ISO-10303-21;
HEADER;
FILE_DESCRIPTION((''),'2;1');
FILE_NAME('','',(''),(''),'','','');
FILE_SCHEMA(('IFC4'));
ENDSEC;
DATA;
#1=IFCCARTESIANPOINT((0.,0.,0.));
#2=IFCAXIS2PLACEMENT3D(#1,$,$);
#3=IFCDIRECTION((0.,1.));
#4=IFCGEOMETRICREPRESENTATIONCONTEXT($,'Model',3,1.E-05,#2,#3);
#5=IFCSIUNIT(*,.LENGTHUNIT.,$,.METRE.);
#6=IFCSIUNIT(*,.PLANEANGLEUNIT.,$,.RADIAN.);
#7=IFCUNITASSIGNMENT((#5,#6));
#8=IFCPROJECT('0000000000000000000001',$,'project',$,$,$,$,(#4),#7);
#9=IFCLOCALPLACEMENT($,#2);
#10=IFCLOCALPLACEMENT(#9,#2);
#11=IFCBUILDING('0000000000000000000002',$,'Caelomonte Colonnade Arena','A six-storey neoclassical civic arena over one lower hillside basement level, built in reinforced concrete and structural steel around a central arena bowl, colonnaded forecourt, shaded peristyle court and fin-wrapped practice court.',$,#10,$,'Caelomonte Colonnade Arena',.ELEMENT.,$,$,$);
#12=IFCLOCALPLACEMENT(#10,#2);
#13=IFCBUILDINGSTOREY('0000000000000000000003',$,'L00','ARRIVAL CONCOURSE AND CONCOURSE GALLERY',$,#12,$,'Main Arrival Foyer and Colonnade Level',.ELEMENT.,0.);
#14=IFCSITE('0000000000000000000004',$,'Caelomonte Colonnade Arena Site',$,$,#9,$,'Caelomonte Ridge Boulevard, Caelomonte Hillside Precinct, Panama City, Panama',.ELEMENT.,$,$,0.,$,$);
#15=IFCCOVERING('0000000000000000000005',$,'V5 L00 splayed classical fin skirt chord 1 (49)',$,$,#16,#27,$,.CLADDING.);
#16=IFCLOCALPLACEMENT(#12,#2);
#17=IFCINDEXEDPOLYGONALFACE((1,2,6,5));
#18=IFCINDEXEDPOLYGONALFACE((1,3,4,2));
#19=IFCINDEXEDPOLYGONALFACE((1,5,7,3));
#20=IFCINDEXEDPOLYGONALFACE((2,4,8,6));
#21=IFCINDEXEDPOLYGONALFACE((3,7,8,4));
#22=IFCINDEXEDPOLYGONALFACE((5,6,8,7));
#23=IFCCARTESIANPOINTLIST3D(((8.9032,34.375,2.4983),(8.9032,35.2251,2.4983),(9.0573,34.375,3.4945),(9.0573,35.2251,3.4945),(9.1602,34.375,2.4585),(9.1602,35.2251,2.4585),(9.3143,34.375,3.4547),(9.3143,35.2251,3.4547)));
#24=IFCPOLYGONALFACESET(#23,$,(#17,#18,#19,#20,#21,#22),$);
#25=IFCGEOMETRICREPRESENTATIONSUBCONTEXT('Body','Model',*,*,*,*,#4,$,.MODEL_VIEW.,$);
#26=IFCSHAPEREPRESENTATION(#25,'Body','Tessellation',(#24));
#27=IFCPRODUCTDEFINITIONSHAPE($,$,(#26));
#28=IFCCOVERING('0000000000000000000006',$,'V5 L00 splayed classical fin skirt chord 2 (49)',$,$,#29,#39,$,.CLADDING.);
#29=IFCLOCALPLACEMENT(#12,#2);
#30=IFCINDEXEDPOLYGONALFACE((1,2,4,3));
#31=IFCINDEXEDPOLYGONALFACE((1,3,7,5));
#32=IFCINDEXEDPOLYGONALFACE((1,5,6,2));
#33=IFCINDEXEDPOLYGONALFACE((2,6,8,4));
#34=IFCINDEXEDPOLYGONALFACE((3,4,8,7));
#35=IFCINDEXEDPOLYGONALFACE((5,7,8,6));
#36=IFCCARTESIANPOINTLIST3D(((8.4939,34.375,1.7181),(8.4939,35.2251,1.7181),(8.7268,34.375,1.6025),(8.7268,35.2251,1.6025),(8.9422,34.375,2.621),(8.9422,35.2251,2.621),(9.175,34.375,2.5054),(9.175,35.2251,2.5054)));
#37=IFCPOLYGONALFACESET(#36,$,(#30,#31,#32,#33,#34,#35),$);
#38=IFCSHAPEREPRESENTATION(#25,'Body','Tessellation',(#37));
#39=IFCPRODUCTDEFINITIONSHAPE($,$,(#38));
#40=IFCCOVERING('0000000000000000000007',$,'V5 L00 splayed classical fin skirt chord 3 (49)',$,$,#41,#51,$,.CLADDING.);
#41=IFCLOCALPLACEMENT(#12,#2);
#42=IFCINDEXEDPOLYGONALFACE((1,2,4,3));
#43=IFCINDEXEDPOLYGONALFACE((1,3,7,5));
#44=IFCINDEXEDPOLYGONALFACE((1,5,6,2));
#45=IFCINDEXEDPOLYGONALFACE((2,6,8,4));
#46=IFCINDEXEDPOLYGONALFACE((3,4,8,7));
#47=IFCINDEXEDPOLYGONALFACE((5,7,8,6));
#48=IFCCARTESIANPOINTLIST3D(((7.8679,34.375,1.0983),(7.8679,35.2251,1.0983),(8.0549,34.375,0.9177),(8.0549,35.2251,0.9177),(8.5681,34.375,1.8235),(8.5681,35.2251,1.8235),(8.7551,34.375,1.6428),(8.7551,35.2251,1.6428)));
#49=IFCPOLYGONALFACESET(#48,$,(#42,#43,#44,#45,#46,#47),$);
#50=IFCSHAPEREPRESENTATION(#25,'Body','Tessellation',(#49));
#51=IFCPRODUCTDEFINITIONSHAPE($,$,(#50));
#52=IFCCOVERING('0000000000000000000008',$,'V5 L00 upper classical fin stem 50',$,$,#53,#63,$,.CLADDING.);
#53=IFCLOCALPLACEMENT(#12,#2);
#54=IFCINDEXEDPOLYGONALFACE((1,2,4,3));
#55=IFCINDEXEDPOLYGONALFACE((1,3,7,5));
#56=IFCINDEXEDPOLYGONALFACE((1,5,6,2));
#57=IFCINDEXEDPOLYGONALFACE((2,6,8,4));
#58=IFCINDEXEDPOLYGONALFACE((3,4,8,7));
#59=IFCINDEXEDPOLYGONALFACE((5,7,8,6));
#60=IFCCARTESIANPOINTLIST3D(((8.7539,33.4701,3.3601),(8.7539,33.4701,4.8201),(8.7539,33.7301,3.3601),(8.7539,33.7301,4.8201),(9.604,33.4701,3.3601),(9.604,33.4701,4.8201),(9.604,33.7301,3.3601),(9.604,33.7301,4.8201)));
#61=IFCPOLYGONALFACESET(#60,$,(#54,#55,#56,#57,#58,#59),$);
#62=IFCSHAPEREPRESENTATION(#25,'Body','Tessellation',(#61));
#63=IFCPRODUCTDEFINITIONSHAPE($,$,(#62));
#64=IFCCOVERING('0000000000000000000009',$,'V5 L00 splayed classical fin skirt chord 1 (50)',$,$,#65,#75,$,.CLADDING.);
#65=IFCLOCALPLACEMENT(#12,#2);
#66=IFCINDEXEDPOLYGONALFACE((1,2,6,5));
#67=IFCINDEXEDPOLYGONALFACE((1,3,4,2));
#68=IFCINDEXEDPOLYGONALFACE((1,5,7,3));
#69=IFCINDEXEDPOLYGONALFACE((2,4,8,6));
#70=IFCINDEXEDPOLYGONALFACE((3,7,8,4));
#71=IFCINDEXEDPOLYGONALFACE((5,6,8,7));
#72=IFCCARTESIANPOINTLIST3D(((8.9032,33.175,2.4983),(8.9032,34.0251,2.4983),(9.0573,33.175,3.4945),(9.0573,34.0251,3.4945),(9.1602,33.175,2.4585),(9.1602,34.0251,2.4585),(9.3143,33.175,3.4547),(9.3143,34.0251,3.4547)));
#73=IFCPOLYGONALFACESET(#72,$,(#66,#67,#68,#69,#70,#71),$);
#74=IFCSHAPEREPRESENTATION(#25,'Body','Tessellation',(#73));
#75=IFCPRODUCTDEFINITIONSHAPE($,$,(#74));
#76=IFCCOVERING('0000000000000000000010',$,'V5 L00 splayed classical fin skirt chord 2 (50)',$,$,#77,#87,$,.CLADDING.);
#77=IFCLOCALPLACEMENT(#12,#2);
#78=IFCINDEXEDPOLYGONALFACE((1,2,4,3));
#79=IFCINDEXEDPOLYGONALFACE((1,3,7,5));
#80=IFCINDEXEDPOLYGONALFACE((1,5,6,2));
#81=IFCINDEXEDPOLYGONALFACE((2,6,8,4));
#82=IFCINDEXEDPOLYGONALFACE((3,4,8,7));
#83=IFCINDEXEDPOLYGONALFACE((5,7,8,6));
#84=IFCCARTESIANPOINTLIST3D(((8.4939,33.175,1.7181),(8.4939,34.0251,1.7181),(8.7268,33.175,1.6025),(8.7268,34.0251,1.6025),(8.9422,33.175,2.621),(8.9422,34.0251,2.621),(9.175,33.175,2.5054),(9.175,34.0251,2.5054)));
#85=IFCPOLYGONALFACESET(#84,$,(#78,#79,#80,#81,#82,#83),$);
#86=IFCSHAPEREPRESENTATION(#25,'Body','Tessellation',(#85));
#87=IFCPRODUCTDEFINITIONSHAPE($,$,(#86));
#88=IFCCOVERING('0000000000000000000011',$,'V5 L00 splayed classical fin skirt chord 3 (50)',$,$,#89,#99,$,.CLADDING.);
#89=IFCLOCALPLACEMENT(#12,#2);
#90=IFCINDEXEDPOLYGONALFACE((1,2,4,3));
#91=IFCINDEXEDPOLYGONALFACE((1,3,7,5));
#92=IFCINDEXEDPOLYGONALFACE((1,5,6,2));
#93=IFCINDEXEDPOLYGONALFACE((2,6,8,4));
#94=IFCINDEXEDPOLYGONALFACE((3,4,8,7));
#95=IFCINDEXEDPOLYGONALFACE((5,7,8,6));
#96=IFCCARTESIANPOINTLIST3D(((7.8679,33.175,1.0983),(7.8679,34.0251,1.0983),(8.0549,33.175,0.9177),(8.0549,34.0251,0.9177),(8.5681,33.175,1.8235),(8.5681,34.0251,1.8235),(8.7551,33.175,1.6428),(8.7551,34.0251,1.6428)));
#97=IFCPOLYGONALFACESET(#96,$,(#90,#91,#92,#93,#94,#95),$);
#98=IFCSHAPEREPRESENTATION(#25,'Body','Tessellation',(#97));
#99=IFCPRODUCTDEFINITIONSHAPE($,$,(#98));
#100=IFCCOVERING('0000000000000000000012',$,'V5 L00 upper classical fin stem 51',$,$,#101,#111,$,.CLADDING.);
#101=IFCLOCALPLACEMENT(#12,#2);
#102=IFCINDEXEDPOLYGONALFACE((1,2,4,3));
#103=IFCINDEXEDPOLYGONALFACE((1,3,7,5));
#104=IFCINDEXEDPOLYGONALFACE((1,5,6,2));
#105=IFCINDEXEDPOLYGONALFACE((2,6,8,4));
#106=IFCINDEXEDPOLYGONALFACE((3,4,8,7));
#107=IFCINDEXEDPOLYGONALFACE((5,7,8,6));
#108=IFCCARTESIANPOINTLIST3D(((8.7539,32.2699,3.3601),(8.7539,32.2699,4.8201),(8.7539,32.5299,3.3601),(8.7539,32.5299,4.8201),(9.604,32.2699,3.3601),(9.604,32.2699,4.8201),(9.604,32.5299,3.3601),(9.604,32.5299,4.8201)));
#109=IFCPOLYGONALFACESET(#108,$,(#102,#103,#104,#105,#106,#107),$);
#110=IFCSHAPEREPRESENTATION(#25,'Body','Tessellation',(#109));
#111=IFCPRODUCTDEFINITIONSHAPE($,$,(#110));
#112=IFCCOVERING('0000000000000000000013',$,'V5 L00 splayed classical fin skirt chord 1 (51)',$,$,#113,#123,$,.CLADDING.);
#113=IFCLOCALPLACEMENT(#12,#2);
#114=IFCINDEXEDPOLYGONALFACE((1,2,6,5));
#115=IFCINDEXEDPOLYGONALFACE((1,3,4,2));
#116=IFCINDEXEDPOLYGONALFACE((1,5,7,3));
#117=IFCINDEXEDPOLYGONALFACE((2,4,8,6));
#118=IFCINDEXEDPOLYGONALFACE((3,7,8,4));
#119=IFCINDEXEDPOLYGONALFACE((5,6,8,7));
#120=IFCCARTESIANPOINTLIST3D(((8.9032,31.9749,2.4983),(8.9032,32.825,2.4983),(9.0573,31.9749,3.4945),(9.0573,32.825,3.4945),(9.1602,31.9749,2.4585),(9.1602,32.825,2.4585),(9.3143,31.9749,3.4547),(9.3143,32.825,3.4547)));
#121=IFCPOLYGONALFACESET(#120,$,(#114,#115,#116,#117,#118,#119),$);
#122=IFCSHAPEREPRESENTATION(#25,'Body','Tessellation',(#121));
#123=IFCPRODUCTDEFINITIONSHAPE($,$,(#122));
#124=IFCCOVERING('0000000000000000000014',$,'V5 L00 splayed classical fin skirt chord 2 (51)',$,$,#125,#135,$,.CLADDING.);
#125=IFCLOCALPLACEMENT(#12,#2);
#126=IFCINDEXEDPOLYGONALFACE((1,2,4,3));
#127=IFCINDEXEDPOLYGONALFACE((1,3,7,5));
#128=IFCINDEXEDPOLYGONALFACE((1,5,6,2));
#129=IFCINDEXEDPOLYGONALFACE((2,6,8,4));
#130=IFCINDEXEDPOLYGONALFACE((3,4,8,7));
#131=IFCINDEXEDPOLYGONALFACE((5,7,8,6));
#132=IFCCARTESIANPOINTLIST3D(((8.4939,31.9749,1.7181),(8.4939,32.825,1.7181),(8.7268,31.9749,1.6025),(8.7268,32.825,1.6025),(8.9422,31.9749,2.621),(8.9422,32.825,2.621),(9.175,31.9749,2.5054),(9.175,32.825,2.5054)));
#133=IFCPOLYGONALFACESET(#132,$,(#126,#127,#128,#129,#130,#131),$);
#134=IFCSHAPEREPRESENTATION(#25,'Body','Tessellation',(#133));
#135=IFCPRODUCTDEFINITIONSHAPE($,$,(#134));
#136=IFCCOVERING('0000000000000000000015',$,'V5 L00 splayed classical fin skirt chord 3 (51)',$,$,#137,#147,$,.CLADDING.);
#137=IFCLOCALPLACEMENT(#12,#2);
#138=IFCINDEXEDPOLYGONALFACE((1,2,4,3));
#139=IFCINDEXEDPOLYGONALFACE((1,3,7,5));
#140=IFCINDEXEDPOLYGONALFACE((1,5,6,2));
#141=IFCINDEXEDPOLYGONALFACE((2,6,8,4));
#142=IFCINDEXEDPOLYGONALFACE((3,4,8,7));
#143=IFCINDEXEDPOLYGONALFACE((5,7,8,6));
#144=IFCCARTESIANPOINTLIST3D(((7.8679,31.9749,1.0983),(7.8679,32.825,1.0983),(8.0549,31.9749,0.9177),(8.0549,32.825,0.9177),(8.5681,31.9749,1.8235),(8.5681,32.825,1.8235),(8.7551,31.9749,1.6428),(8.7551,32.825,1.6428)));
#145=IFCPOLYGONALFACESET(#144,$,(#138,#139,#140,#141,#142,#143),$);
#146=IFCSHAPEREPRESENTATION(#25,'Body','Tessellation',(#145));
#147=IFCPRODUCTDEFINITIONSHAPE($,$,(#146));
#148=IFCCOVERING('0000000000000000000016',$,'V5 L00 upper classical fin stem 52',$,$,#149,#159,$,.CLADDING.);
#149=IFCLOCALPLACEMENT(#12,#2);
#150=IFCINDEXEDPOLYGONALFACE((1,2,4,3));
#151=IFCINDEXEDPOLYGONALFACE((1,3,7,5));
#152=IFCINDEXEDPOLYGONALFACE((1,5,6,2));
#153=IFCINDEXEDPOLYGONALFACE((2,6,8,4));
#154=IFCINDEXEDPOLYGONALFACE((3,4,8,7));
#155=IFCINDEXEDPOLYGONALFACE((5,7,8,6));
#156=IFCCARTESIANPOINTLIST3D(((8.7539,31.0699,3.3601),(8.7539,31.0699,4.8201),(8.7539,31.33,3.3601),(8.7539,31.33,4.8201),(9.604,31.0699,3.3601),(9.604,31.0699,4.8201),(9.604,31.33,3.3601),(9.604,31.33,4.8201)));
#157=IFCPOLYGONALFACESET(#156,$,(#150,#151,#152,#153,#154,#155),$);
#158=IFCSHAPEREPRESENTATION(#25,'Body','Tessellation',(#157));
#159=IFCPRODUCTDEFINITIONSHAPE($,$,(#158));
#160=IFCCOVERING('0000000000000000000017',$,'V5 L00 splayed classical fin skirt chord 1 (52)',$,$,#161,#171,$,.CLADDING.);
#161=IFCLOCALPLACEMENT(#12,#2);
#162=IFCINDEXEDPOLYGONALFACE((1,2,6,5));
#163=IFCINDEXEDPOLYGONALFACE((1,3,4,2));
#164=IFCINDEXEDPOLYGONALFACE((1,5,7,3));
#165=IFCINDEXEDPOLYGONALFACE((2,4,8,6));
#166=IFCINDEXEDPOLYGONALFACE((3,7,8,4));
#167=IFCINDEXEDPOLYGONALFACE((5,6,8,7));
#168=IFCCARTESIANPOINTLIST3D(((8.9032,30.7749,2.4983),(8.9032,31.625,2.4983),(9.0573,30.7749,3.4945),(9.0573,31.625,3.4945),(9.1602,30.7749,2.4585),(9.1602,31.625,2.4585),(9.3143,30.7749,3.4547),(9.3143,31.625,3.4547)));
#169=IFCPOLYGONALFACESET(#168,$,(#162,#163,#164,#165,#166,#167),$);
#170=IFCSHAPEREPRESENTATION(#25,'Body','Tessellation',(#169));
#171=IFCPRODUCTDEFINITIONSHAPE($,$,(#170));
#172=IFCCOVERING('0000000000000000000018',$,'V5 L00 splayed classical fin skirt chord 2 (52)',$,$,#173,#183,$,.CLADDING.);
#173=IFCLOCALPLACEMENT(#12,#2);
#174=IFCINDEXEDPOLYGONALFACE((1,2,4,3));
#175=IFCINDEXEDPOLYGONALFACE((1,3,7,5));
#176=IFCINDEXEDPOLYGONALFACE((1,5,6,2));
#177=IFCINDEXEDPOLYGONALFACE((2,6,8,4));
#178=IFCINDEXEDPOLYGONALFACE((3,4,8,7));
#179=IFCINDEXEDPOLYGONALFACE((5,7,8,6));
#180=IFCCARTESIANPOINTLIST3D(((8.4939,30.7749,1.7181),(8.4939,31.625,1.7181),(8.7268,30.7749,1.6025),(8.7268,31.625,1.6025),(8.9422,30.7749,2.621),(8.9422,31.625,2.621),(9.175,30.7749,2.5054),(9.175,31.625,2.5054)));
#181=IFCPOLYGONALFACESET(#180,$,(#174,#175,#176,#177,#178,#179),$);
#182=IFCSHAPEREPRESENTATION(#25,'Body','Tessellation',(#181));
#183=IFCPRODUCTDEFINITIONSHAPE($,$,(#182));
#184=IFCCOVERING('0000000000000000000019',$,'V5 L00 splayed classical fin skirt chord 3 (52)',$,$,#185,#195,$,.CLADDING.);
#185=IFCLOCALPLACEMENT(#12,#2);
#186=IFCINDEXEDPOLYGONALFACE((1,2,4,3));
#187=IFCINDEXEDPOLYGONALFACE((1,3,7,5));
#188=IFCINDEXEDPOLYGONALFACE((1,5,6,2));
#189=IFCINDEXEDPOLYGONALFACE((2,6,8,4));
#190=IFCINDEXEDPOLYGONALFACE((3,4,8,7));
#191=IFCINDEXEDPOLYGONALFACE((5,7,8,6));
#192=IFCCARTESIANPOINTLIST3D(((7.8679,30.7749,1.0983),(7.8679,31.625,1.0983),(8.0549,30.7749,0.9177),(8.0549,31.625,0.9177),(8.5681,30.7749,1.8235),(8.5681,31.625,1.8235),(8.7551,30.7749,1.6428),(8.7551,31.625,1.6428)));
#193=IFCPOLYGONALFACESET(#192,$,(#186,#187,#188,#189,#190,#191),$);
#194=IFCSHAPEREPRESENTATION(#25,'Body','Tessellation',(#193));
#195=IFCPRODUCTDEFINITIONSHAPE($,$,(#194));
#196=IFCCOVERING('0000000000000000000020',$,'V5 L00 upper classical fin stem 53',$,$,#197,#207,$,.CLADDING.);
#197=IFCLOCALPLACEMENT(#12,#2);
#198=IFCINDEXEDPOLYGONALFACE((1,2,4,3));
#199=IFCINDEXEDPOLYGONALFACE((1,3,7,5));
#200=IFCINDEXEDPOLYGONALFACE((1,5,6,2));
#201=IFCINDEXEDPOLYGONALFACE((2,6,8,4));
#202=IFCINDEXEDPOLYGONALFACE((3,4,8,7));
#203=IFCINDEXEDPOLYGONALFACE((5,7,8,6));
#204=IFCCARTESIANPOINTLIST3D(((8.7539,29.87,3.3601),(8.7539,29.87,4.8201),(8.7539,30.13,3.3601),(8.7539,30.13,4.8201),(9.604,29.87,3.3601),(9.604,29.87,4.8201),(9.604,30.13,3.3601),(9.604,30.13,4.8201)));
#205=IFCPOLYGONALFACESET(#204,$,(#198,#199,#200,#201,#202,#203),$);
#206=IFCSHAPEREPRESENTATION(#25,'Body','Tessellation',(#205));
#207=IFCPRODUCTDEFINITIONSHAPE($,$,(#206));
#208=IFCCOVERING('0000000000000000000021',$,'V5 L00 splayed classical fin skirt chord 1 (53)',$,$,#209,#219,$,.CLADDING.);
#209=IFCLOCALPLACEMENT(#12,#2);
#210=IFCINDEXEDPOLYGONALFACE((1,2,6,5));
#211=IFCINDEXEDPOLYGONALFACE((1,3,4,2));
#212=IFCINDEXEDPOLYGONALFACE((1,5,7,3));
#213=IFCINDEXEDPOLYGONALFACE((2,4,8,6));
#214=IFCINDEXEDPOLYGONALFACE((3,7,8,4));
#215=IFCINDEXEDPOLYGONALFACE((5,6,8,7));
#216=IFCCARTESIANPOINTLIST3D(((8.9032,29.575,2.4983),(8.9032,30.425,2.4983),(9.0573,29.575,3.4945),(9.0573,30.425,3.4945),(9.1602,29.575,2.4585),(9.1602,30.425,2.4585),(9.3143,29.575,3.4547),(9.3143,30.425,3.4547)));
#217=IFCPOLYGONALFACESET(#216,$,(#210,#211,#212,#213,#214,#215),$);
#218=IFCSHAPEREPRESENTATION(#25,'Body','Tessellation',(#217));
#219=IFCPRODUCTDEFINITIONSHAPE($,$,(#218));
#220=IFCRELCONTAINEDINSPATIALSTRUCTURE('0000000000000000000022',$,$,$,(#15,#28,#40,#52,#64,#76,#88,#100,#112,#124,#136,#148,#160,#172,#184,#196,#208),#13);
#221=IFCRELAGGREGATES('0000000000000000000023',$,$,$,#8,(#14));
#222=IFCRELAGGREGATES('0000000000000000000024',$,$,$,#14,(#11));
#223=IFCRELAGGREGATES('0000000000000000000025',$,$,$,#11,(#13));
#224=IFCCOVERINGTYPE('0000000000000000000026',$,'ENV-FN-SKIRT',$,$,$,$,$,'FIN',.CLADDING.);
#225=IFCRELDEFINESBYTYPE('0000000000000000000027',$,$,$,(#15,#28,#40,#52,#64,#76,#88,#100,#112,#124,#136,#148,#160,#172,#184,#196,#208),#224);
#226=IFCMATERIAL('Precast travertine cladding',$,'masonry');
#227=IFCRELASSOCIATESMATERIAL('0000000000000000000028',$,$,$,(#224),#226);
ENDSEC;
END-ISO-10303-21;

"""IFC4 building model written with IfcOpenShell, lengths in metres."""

from ifc_helpers import new_model, si_unit, direction, frame, origin, origin_2d, place, context, subcontext, project, spatial, rectangle, extrude, material, material_profile, profile_set, type_object, element, save


model = new_model("IFC4")

# Units and contexts
model_context = context("Model", 3, precision=1e-05, world=origin(), true_north=direction((0.0, 1.0)))
body_context = subcontext(model_context, "Body", "Model", "MODEL_VIEW")
ifc_project = project(units=[si_unit("LENGTHUNIT", "METRE"), si_unit("PLANEANGLEUNIT", "RADIAN")], contexts=[model_context])

# Site, building, storey
site_placement = place(None, origin())
site = spatial("IfcSite", under=ifc_project, at=site_placement, Name="Caelomonte Colonnade Arena Site", LongName="Caelomonte Ridge Boulevard, Caelomonte Hillside Precinct, Panama City, Panama", CompositionType="ELEMENT", RefElevation=0.0)
building_placement = place(site_placement, origin())
building = spatial("IfcBuilding", under=site, at=building_placement, Name="Caelomonte Colonnade Arena", Description="A six-storey neoclassical civic arena over one lower hillside basement level, built in reinforced concrete and structural steel around a central arena bowl, colonnaded forecourt, shaded peristyle court and fin-wrapped practice court.", LongName="Caelomonte Colonnade Arena", CompositionType="ELEMENT")
storey_placement = place(building_placement, origin())
storey = spatial("IfcBuildingStorey", under=building, at=storey_placement, Name="L00", Description="ARRIVAL CONCOURSE AND CONCOURSE GALLERY", LongName="Main Arrival Foyer and Colonnade Level", CompositionType="ELEMENT", Elevation=0.0)

# Coverings
ifc_material_1 = material(Name="Precast travertine cladding", Category="masonry")
ifc_material_profile_1 = material_profile(ifc_material_1, rectangle(XDim=0.26, YDim=0.8501, at=origin_2d()), Name="FIN260X850")
ifc_profile_set_1 = profile_set([ifc_material_profile_1], Name="Precast travertine cladding")
covering_type = type_object("IfcCoveringType", Name="ENV-FN-SKIRT", ElementType="FIN", PredefinedType="CLADDING", material=ifc_profile_set_1)
for number, where, z_axis, x_axis, name in (
    (1, (9.1858, 34.8, 3.4746), (-0.15284, 0.0, -0.988251), (-0.988251, 0.0, 0.15284), "V5 L00 splayed classical fin skirt chord 1 (49)"),
    (2, (9.0586, 34.8, 2.5632), (-0.444693, 0.0, -0.895683), (-0.895683, 0.0, 0.444693), "V5 L00 splayed classical fin skirt chord 2 (49)"),
    (3, (8.6616, 34.8, 1.7332), (-0.694646, 0.0, -0.719351), (-0.719351, 0.0, 0.694646), "V5 L00 splayed classical fin skirt chord 3 (49)"),
):
    element("IfcCovering", number, at=place(storey_placement, frame(where, z_axis=z_axis, x_axis=x_axis)), inside=storey, type_object=covering_type, Name=name, PredefinedType="CLADDING", context=body_context, shape_type="SweptSolid", body=[
        extrude(rectangle(XDim=0.26, YDim=0.8501, at=origin_2d()), origin(), (0.0, 0.0, 1.0), 1.0081),
    ])
covering_1_placement = place(storey_placement, frame((9.179, 33.6001, 3.3601), z_axis=(0.0, 0.0, 1.0), x_axis=(0.0, 1.0, 0.0)))
element("IfcCovering", 4, at=covering_1_placement, inside=storey, type_object=covering_type, Name="V5 L00 upper classical fin stem 50", PredefinedType="CLADDING", context=body_context, shape_type="SweptSolid", body=[
    extrude(rectangle(XDim=0.26, YDim=0.8501, at=origin_2d()), origin(), (0.0, 0.0, 1.0), 1.46),
])
for number, where, z_axis, x_axis, name in (
    (5, (9.1858, 33.6001, 3.4746), (-0.15284, 0.0, -0.988251), (-0.988251, 0.0, 0.15284), "V5 L00 splayed classical fin skirt chord 1 (50)"),
    (6, (9.0586, 33.6001, 2.5632), (-0.444693, 0.0, -0.895683), (-0.895683, 0.0, 0.444693), "V5 L00 splayed classical fin skirt chord 2 (50)"),
    (7, (8.6616, 33.6001, 1.7332), (-0.694646, 0.0, -0.719351), (-0.719351, 0.0, 0.694646), "V5 L00 splayed classical fin skirt chord 3 (50)"),
):
    element("IfcCovering", number, at=place(storey_placement, frame(where, z_axis=z_axis, x_axis=x_axis)), inside=storey, type_object=covering_type, Name=name, PredefinedType="CLADDING", context=body_context, shape_type="SweptSolid", body=[
        extrude(rectangle(XDim=0.26, YDim=0.8501, at=origin_2d()), origin(), (0.0, 0.0, 1.0), 1.0081),
    ])
covering_2_placement = place(storey_placement, frame((9.179, 32.3999, 3.3601), z_axis=(0.0, 0.0, 1.0), x_axis=(0.0, 1.0, 0.0)))
element("IfcCovering", 8, at=covering_2_placement, inside=storey, type_object=covering_type, Name="V5 L00 upper classical fin stem 51", PredefinedType="CLADDING", context=body_context, shape_type="SweptSolid", body=[
    extrude(rectangle(XDim=0.26, YDim=0.8501, at=origin_2d()), origin(), (0.0, 0.0, 1.0), 1.46),
])
for number, where, z_axis, x_axis, name in (
    (9, (9.1858, 32.3999, 3.4746), (-0.15284, 0.0, -0.988251), (-0.988251, 0.0, 0.15284), "V5 L00 splayed classical fin skirt chord 1 (51)"),
    (10, (9.0586, 32.3999, 2.5632), (-0.444693, 0.0, -0.895683), (-0.895683, 0.0, 0.444693), "V5 L00 splayed classical fin skirt chord 2 (51)"),
    (11, (8.6616, 32.3999, 1.7332), (-0.694646, 0.0, -0.719351), (-0.719351, 0.0, 0.694646), "V5 L00 splayed classical fin skirt chord 3 (51)"),
):
    element("IfcCovering", number, at=place(storey_placement, frame(where, z_axis=z_axis, x_axis=x_axis)), inside=storey, type_object=covering_type, Name=name, PredefinedType="CLADDING", context=body_context, shape_type="SweptSolid", body=[
        extrude(rectangle(XDim=0.26, YDim=0.8501, at=origin_2d()), origin(), (0.0, 0.0, 1.0), 1.0081),
    ])
covering_3_placement = place(storey_placement, frame((9.179, 31.2, 3.3601), z_axis=(0.0, 0.0, 1.0), x_axis=(0.0, 1.0, 0.0)))
element("IfcCovering", 12, at=covering_3_placement, inside=storey, type_object=covering_type, Name="V5 L00 upper classical fin stem 52", PredefinedType="CLADDING", context=body_context, shape_type="SweptSolid", body=[
    extrude(rectangle(XDim=0.26, YDim=0.8501, at=origin_2d()), origin(), (0.0, 0.0, 1.0), 1.46),
])
for number, where, z_axis, x_axis, name in (
    (13, (9.1858, 31.2, 3.4746), (-0.15284, 0.0, -0.988251), (-0.988251, 0.0, 0.15284), "V5 L00 splayed classical fin skirt chord 1 (52)"),
    (14, (9.0586, 31.2, 2.5632), (-0.444693, 0.0, -0.895683), (-0.895683, 0.0, 0.444693), "V5 L00 splayed classical fin skirt chord 2 (52)"),
    (15, (8.6616, 31.2, 1.7332), (-0.694646, 0.0, -0.719351), (-0.719351, 0.0, 0.694646), "V5 L00 splayed classical fin skirt chord 3 (52)"),
):
    element("IfcCovering", number, at=place(storey_placement, frame(where, z_axis=z_axis, x_axis=x_axis)), inside=storey, type_object=covering_type, Name=name, PredefinedType="CLADDING", context=body_context, shape_type="SweptSolid", body=[
        extrude(rectangle(XDim=0.26, YDim=0.8501, at=origin_2d()), origin(), (0.0, 0.0, 1.0), 1.0081),
    ])
covering_4_placement = place(storey_placement, frame((9.179, 30.0, 3.3601), z_axis=(0.0, 0.0, 1.0), x_axis=(0.0, 1.0, 0.0)))
element("IfcCovering", 16, at=covering_4_placement, inside=storey, type_object=covering_type, Name="V5 L00 upper classical fin stem 53", PredefinedType="CLADDING", context=body_context, shape_type="SweptSolid", body=[
    extrude(rectangle(XDim=0.26, YDim=0.8501, at=origin_2d()), origin(), (0.0, 0.0, 1.0), 1.46),
])
for number, where, z_axis, x_axis, name in (
    (17, (9.1858, 30.0, 3.4746), (-0.15284, 0.0, -0.988251), (-0.988251, 0.0, 0.15284), "V5 L00 splayed classical fin skirt chord 1 (53)"),
):
    element("IfcCovering", number, at=place(storey_placement, frame(where, z_axis=z_axis, x_axis=x_axis)), inside=storey, type_object=covering_type, Name=name, PredefinedType="CLADDING", context=body_context, shape_type="SweptSolid", body=[
        extrude(rectangle(XDim=0.26, YDim=0.8501, at=origin_2d()), origin(), (0.0, 0.0, 1.0), 1.0081),
    ])

save(model, "model.ifc")
